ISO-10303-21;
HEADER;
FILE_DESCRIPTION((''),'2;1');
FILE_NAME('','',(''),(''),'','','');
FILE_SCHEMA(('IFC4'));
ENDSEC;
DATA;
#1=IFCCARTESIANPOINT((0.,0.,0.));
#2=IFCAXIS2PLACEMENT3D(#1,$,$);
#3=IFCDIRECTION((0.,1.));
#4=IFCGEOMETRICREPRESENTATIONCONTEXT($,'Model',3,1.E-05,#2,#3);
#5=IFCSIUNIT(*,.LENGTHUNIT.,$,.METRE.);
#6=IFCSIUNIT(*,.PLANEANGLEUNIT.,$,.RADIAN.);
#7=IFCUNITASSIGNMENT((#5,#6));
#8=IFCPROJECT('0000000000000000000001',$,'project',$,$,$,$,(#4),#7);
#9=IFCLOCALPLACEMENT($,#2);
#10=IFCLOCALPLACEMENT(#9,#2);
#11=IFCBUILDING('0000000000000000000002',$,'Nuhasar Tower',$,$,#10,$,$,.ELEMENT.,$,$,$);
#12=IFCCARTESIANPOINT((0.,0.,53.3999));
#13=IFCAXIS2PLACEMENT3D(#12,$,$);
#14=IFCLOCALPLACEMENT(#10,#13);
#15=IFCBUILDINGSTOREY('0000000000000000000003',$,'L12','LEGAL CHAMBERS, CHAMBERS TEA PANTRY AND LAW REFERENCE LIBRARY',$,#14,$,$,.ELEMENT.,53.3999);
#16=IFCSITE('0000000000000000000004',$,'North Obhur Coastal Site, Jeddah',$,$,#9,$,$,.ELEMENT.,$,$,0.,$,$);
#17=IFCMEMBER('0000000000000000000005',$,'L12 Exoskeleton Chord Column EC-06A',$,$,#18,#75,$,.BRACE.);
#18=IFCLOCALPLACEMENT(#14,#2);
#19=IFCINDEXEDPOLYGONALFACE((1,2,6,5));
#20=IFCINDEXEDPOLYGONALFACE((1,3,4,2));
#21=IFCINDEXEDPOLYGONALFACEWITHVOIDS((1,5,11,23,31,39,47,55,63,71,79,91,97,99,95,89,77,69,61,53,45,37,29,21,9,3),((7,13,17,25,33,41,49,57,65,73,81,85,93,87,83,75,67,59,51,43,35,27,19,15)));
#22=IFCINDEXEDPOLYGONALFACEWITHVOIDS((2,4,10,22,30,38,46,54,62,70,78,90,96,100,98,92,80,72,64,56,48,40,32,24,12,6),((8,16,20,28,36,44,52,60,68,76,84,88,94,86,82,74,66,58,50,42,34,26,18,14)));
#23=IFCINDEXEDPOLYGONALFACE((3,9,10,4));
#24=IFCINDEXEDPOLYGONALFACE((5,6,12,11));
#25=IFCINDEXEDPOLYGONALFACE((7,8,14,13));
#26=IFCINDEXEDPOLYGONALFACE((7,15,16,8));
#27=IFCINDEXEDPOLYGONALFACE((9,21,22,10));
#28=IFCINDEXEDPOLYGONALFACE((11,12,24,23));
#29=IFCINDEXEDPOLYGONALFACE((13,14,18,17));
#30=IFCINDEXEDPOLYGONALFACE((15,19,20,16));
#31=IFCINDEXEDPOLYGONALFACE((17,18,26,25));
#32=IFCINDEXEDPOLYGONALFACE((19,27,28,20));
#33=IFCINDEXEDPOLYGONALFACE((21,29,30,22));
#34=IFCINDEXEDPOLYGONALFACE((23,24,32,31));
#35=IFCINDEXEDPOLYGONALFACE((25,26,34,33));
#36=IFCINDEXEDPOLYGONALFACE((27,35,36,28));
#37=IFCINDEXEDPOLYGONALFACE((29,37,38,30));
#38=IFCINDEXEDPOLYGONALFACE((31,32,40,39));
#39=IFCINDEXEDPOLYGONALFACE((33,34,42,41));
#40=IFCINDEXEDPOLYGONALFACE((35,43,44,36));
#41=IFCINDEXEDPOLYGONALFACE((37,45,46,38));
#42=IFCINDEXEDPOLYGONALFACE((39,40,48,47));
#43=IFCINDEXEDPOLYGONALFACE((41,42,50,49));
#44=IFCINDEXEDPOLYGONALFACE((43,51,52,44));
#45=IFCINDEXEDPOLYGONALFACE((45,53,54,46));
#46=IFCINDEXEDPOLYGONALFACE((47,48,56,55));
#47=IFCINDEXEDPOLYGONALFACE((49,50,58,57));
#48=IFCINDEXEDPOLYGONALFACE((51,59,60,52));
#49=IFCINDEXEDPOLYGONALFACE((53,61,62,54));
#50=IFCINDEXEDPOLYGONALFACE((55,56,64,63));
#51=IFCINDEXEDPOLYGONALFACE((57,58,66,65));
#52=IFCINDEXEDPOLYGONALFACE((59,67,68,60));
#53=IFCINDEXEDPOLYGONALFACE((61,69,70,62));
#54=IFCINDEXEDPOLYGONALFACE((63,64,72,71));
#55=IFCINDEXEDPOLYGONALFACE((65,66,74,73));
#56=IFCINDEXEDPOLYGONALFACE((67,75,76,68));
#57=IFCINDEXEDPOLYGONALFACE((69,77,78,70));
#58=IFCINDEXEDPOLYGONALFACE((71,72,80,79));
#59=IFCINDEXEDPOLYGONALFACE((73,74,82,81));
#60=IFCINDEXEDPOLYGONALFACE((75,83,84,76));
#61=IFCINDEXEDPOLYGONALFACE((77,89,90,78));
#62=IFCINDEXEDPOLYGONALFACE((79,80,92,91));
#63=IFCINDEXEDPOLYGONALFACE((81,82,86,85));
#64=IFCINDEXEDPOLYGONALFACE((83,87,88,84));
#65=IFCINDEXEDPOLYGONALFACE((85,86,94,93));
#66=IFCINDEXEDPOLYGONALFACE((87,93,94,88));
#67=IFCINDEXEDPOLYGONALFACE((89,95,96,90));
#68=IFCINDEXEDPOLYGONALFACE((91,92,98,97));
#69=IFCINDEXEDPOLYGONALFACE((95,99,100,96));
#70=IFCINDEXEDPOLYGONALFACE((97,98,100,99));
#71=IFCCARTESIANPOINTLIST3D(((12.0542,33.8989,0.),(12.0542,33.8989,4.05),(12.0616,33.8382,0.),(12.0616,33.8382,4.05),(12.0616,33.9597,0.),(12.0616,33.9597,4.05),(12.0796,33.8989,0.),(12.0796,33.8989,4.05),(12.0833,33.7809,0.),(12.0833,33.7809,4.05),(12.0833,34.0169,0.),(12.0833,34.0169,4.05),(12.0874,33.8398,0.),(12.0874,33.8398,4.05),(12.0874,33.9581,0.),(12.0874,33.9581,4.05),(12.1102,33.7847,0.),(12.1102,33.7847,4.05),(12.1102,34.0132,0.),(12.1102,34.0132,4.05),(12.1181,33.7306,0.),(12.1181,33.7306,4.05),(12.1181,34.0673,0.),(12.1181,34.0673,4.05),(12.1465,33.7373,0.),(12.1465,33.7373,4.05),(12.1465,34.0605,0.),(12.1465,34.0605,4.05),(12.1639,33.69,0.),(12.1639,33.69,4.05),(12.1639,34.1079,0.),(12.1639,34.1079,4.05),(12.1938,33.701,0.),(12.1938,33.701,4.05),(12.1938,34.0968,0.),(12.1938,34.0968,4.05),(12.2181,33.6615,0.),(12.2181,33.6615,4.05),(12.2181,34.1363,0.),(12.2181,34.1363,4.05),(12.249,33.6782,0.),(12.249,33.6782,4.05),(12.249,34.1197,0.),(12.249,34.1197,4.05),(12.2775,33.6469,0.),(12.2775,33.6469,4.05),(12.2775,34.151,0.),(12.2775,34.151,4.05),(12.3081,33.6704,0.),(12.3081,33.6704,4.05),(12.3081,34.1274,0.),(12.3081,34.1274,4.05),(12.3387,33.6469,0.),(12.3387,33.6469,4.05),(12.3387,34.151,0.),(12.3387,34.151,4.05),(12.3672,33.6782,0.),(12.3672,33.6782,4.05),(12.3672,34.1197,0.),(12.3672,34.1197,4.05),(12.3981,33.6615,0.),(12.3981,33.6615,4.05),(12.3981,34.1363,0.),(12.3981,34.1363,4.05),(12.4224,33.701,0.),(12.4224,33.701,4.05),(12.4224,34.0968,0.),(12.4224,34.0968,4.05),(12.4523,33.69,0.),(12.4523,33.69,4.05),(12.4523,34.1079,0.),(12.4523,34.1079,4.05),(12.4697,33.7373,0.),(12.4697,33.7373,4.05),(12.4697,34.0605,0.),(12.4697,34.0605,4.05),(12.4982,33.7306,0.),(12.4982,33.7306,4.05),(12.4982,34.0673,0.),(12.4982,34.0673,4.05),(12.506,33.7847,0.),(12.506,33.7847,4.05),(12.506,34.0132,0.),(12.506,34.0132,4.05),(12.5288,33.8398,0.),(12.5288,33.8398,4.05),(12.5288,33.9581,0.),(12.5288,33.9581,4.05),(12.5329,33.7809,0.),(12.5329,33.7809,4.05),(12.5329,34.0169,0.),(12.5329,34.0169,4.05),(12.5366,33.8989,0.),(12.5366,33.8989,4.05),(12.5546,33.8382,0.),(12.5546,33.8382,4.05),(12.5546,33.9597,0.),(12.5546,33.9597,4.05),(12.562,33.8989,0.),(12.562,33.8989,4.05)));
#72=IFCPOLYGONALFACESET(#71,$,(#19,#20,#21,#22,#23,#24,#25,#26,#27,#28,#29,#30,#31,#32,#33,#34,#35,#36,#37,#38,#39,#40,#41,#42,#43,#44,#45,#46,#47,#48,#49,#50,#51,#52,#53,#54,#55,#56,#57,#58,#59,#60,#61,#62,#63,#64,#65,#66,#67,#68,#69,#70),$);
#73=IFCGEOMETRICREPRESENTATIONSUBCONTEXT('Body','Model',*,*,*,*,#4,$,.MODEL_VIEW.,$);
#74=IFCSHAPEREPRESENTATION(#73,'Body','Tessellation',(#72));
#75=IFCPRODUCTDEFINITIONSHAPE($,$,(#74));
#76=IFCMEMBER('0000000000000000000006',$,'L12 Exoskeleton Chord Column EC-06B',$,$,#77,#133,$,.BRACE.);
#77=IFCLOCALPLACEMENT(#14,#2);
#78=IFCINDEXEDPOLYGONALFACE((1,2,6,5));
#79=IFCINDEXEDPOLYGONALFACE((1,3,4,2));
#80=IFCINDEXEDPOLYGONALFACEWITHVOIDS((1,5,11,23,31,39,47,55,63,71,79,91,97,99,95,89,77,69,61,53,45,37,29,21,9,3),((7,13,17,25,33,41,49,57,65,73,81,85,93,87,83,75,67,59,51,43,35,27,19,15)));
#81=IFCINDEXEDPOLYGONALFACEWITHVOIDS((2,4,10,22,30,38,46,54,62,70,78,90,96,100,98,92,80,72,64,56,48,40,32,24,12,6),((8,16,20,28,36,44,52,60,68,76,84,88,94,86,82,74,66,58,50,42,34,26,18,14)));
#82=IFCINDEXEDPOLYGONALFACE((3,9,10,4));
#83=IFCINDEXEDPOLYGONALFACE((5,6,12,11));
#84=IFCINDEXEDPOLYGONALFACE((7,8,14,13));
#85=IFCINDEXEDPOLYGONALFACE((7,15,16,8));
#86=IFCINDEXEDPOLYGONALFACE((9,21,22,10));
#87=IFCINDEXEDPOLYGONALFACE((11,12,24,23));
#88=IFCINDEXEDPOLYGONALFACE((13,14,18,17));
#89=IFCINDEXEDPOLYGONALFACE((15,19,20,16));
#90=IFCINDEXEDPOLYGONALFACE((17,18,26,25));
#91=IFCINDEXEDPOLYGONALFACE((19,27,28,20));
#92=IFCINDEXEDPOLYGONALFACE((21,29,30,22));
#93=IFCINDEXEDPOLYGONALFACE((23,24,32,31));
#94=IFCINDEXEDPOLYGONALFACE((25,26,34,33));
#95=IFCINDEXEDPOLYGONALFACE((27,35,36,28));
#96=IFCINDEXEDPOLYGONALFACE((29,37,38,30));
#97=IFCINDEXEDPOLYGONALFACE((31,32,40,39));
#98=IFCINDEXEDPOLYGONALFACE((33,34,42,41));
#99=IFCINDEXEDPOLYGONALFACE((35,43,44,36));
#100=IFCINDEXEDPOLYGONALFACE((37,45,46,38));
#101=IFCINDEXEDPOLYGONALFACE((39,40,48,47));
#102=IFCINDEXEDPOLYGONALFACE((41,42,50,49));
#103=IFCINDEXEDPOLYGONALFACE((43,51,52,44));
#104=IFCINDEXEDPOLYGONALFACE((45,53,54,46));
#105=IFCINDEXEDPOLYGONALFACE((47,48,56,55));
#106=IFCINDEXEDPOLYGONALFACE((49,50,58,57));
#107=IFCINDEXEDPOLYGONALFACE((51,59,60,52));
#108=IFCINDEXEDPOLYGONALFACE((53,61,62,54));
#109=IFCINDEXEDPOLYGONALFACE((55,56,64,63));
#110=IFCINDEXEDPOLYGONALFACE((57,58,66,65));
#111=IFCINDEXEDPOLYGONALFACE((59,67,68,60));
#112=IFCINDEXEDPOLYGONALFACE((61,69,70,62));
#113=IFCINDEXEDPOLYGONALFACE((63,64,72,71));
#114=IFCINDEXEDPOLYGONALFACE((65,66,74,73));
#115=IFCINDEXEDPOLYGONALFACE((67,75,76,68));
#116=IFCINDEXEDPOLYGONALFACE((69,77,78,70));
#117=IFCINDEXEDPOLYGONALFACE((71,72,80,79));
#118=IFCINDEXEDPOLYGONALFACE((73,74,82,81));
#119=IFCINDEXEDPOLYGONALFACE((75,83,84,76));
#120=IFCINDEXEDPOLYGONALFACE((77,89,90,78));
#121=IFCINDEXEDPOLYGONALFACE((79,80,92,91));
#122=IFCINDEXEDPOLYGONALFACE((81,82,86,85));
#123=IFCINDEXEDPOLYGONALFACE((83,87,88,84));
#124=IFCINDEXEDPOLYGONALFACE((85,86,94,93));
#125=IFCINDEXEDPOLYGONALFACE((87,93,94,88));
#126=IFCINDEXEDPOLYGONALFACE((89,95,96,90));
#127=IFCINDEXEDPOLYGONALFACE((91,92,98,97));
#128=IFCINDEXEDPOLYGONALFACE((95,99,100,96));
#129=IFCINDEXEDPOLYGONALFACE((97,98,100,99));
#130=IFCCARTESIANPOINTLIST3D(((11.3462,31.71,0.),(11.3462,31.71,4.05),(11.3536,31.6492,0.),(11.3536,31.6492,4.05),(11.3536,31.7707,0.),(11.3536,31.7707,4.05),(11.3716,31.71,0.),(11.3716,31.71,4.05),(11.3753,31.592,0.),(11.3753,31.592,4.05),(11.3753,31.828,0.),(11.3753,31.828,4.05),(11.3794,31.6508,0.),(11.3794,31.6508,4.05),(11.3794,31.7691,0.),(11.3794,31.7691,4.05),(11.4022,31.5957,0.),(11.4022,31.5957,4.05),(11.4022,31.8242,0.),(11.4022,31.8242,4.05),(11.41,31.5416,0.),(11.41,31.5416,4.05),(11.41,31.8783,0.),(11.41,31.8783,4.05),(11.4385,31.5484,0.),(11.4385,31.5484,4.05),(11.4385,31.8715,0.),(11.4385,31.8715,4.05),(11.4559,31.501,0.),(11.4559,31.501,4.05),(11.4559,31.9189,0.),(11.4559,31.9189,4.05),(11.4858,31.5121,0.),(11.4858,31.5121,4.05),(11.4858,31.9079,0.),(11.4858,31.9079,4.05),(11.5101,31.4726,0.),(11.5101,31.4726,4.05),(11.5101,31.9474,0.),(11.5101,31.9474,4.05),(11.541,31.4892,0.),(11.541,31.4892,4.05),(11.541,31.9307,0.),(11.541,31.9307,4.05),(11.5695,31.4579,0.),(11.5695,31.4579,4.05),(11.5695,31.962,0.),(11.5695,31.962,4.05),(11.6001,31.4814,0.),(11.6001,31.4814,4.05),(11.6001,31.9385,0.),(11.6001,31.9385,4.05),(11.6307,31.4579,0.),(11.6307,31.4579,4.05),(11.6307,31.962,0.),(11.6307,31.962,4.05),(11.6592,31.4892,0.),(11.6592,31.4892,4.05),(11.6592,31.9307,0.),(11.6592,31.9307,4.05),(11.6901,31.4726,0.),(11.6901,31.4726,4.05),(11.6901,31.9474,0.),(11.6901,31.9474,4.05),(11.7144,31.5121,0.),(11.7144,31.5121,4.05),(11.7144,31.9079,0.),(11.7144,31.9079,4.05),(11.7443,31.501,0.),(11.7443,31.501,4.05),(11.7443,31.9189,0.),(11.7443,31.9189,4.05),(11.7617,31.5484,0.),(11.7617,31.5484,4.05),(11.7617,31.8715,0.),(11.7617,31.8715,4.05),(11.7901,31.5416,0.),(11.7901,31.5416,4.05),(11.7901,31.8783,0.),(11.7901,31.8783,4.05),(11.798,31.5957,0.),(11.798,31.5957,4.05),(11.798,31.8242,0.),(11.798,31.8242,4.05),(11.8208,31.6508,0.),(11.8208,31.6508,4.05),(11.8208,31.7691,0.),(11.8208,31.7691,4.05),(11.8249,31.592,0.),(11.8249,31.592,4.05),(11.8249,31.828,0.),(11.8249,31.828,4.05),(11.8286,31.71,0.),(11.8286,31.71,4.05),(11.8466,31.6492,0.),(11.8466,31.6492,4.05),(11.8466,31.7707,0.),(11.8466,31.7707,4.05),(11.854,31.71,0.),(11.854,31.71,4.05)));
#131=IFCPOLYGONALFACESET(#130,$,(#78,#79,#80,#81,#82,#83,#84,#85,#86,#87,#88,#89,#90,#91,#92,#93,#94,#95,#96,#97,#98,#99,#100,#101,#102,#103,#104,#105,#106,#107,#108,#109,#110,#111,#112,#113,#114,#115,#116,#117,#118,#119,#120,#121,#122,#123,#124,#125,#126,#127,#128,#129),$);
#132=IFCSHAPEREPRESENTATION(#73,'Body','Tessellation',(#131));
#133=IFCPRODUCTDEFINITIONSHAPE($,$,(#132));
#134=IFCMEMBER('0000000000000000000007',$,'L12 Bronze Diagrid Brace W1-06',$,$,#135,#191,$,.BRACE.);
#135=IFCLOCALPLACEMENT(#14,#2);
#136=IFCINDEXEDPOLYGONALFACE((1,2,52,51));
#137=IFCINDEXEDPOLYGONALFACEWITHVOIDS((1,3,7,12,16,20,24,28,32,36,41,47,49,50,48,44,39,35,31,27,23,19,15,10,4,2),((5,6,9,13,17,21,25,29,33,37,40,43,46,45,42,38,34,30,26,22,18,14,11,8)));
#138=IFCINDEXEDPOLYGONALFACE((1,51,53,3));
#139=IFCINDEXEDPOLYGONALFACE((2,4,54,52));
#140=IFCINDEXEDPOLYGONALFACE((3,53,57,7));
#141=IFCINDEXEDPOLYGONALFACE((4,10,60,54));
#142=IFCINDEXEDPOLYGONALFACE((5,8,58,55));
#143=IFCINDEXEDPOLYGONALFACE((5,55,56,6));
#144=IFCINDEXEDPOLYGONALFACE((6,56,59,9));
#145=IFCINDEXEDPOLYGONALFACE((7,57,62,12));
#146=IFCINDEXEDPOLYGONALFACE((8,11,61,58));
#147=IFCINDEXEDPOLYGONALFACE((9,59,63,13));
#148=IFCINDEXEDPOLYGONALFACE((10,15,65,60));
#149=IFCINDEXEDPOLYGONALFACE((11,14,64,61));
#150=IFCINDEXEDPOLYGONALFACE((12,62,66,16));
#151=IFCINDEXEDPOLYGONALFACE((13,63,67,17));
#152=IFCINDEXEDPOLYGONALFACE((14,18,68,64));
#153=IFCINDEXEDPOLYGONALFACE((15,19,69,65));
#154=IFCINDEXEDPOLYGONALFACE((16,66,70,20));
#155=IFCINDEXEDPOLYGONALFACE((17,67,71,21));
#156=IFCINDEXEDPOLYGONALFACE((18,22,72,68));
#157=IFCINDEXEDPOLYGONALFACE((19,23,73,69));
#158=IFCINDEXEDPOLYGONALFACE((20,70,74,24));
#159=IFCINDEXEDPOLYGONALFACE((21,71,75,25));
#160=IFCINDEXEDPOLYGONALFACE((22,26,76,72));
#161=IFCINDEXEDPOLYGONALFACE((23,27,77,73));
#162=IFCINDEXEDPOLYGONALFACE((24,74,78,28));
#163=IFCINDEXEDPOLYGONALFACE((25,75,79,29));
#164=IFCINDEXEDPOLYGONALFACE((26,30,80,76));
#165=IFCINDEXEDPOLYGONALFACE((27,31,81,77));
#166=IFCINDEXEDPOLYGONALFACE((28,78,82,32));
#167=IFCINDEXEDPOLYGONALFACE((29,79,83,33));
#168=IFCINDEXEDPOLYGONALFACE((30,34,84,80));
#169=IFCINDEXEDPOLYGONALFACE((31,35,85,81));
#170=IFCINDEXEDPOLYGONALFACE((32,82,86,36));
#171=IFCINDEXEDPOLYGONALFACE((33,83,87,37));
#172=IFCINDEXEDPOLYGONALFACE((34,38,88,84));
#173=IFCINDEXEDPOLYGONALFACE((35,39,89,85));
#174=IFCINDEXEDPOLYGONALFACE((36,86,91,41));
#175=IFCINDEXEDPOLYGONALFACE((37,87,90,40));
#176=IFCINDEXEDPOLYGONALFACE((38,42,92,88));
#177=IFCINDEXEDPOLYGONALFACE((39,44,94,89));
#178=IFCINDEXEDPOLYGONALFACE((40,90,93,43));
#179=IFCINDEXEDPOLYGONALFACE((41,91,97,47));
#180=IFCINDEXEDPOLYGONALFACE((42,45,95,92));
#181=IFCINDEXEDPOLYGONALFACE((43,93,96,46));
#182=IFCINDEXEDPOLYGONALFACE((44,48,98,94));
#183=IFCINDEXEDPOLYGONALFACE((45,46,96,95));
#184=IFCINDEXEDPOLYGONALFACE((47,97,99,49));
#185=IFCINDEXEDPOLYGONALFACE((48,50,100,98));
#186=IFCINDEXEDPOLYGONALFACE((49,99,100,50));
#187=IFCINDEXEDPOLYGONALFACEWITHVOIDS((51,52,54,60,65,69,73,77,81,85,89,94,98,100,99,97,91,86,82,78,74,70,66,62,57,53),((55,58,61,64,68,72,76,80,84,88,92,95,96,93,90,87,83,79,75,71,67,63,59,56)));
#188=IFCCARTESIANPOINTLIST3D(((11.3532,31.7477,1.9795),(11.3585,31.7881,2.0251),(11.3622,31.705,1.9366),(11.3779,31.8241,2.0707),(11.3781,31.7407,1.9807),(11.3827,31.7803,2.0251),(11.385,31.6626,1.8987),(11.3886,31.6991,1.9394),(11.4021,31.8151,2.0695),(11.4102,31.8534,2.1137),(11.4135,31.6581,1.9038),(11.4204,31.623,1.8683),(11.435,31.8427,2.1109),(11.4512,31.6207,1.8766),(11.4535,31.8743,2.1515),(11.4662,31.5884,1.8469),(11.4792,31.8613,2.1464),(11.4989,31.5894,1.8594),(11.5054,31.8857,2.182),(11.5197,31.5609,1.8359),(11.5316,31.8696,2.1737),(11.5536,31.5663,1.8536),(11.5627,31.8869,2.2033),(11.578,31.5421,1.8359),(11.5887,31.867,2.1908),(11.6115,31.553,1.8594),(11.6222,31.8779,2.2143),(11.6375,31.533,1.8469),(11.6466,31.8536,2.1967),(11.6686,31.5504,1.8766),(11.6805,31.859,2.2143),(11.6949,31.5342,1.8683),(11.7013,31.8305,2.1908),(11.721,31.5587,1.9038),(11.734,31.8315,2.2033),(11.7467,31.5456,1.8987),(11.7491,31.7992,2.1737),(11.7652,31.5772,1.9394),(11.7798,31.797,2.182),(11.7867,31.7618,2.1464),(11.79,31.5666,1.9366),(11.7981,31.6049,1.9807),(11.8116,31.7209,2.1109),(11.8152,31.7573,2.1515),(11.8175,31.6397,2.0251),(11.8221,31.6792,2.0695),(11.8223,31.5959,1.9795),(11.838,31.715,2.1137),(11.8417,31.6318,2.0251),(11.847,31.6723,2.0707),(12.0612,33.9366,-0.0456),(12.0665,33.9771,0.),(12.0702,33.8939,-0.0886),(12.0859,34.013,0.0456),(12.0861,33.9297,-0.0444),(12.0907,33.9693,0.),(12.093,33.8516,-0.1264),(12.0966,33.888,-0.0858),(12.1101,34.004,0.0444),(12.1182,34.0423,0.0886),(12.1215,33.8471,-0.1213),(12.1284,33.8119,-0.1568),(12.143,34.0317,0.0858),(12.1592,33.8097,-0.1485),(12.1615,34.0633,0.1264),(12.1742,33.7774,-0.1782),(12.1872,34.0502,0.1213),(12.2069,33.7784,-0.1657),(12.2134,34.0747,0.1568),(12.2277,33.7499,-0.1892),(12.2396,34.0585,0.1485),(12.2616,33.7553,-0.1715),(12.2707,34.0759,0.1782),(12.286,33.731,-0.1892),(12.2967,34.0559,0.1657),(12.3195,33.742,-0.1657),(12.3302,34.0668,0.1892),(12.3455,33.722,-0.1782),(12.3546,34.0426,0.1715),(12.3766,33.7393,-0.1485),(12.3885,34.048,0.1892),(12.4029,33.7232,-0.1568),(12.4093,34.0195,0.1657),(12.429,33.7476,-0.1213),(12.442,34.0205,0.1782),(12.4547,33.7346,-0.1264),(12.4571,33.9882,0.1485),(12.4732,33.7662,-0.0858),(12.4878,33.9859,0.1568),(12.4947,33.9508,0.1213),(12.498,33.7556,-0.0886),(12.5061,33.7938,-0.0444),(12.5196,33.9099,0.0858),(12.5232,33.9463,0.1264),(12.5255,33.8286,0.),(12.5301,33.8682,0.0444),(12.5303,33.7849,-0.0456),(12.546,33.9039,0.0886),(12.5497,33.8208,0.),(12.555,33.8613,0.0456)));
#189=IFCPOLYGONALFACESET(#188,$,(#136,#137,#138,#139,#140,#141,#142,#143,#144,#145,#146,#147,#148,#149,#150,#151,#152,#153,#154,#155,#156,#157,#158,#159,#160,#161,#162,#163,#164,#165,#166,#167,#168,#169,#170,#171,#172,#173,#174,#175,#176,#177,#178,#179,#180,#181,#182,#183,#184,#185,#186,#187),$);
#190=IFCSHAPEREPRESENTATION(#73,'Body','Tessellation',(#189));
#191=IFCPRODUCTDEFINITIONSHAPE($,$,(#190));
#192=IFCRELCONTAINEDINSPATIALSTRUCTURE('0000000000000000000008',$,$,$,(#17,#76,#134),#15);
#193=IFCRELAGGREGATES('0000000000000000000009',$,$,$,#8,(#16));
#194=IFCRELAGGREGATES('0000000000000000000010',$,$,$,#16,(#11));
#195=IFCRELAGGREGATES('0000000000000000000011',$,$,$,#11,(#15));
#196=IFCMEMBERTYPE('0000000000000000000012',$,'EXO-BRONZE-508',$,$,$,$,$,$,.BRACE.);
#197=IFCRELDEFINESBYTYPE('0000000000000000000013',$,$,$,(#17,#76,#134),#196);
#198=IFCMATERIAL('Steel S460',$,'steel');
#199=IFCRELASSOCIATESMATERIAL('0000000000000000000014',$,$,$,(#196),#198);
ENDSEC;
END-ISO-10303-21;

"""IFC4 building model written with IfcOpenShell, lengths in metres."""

from ifc_helpers import new_model, si_unit, direction, frame, origin, origin_2d, place, context, subcontext, project, spatial, hollow_circle, extrude, material, material_profile, profile_set, type_object, element, save


model = new_model("IFC4")

# Units and contexts
model_context = context("Model", 3, precision=1e-05, world=origin(), true_north=direction((0.0, 1.0)))
body_context = subcontext(model_context, "Body", "Model", "MODEL_VIEW")
ifc_project = project(units=[si_unit("LENGTHUNIT", "METRE"), si_unit("PLANEANGLEUNIT", "RADIAN")], contexts=[model_context])

# Site, building, storey
site_placement = place(None, origin())
site = spatial("IfcSite", under=ifc_project, at=site_placement, Name="North Obhur Coastal Site, Jeddah", CompositionType="ELEMENT", RefElevation=0.0)
building_placement = place(site_placement, origin())
building = spatial("IfcBuilding", under=site, at=building_placement, Name="Nuhasar Tower", CompositionType="ELEMENT")
storey_placement = place(building_placement, frame((0.0, 0.0, 53.3999)))
storey = spatial("IfcBuildingStorey", under=building, at=storey_placement, Name="L12", Description="LEGAL CHAMBERS, CHAMBERS TEA PANTRY AND LAW REFERENCE LIBRARY", CompositionType="ELEMENT", Elevation=53.3999)

# Members
ifc_material_1 = material(Name="Steel S460", Category="steel")
ifc_material_profile_1 = material_profile(ifc_material_1, hollow_circle(Radius=0.2539, WallThickness=0.0254, at=origin_2d()), Name="HSS508X25.4")
ifc_profile_set_1 = profile_set([ifc_material_profile_1], Name="Steel S460")
member_type_1 = type_object("IfcMemberType", Name="EXO-BRONZE-508", PredefinedType="BRACE", material=ifc_profile_set_1)
for number, where, z_axis, x_axis, name in (
    (1, (12.3081, 33.8989, 0.0), (0.0, 0.0, 1.0), (1.0, 0.0, 0.0), "L12 Exoskeleton Chord Column EC-06A"),
    (2, (11.6001, 31.71, 0.0), (0.0, 0.0, 1.0), (1.0, 0.0, 0.0), "L12 Exoskeleton Chord Column EC-06B"),
):
    element("IfcMember", number, at=place(storey_placement, frame(where, z_axis=z_axis, x_axis=x_axis)), inside=storey, type_object=member_type_1, Name=name, PredefinedType="BRACE", context=body_context, shape_type="SweptSolid", body=[
        extrude(hollow_circle(Radius=0.2539, WallThickness=0.0254, at=origin_2d()), origin(), (0.0, 0.0, 1.0), 4.05),
    ])
member_1_placement = place(storey_placement, frame((12.3081, 33.8989, 0.0), z_axis=(-0.231, -0.714187, 0.660739), x_axis=(0.951468, -0.307747, 0.0)))
element("IfcMember", 3, at=member_1_placement, inside=storey, type_object=member_type_1, Name="L12 Bronze Diagrid Brace W1-06", PredefinedType="BRACE", context=body_context, shape_type="SweptSolid", body=[
    extrude(hollow_circle(Radius=0.2539, WallThickness=0.0254, at=origin_2d()), origin(), (0.0, 0.0, 1.0), 3.0649),
])

save(model, "model.ifc")
